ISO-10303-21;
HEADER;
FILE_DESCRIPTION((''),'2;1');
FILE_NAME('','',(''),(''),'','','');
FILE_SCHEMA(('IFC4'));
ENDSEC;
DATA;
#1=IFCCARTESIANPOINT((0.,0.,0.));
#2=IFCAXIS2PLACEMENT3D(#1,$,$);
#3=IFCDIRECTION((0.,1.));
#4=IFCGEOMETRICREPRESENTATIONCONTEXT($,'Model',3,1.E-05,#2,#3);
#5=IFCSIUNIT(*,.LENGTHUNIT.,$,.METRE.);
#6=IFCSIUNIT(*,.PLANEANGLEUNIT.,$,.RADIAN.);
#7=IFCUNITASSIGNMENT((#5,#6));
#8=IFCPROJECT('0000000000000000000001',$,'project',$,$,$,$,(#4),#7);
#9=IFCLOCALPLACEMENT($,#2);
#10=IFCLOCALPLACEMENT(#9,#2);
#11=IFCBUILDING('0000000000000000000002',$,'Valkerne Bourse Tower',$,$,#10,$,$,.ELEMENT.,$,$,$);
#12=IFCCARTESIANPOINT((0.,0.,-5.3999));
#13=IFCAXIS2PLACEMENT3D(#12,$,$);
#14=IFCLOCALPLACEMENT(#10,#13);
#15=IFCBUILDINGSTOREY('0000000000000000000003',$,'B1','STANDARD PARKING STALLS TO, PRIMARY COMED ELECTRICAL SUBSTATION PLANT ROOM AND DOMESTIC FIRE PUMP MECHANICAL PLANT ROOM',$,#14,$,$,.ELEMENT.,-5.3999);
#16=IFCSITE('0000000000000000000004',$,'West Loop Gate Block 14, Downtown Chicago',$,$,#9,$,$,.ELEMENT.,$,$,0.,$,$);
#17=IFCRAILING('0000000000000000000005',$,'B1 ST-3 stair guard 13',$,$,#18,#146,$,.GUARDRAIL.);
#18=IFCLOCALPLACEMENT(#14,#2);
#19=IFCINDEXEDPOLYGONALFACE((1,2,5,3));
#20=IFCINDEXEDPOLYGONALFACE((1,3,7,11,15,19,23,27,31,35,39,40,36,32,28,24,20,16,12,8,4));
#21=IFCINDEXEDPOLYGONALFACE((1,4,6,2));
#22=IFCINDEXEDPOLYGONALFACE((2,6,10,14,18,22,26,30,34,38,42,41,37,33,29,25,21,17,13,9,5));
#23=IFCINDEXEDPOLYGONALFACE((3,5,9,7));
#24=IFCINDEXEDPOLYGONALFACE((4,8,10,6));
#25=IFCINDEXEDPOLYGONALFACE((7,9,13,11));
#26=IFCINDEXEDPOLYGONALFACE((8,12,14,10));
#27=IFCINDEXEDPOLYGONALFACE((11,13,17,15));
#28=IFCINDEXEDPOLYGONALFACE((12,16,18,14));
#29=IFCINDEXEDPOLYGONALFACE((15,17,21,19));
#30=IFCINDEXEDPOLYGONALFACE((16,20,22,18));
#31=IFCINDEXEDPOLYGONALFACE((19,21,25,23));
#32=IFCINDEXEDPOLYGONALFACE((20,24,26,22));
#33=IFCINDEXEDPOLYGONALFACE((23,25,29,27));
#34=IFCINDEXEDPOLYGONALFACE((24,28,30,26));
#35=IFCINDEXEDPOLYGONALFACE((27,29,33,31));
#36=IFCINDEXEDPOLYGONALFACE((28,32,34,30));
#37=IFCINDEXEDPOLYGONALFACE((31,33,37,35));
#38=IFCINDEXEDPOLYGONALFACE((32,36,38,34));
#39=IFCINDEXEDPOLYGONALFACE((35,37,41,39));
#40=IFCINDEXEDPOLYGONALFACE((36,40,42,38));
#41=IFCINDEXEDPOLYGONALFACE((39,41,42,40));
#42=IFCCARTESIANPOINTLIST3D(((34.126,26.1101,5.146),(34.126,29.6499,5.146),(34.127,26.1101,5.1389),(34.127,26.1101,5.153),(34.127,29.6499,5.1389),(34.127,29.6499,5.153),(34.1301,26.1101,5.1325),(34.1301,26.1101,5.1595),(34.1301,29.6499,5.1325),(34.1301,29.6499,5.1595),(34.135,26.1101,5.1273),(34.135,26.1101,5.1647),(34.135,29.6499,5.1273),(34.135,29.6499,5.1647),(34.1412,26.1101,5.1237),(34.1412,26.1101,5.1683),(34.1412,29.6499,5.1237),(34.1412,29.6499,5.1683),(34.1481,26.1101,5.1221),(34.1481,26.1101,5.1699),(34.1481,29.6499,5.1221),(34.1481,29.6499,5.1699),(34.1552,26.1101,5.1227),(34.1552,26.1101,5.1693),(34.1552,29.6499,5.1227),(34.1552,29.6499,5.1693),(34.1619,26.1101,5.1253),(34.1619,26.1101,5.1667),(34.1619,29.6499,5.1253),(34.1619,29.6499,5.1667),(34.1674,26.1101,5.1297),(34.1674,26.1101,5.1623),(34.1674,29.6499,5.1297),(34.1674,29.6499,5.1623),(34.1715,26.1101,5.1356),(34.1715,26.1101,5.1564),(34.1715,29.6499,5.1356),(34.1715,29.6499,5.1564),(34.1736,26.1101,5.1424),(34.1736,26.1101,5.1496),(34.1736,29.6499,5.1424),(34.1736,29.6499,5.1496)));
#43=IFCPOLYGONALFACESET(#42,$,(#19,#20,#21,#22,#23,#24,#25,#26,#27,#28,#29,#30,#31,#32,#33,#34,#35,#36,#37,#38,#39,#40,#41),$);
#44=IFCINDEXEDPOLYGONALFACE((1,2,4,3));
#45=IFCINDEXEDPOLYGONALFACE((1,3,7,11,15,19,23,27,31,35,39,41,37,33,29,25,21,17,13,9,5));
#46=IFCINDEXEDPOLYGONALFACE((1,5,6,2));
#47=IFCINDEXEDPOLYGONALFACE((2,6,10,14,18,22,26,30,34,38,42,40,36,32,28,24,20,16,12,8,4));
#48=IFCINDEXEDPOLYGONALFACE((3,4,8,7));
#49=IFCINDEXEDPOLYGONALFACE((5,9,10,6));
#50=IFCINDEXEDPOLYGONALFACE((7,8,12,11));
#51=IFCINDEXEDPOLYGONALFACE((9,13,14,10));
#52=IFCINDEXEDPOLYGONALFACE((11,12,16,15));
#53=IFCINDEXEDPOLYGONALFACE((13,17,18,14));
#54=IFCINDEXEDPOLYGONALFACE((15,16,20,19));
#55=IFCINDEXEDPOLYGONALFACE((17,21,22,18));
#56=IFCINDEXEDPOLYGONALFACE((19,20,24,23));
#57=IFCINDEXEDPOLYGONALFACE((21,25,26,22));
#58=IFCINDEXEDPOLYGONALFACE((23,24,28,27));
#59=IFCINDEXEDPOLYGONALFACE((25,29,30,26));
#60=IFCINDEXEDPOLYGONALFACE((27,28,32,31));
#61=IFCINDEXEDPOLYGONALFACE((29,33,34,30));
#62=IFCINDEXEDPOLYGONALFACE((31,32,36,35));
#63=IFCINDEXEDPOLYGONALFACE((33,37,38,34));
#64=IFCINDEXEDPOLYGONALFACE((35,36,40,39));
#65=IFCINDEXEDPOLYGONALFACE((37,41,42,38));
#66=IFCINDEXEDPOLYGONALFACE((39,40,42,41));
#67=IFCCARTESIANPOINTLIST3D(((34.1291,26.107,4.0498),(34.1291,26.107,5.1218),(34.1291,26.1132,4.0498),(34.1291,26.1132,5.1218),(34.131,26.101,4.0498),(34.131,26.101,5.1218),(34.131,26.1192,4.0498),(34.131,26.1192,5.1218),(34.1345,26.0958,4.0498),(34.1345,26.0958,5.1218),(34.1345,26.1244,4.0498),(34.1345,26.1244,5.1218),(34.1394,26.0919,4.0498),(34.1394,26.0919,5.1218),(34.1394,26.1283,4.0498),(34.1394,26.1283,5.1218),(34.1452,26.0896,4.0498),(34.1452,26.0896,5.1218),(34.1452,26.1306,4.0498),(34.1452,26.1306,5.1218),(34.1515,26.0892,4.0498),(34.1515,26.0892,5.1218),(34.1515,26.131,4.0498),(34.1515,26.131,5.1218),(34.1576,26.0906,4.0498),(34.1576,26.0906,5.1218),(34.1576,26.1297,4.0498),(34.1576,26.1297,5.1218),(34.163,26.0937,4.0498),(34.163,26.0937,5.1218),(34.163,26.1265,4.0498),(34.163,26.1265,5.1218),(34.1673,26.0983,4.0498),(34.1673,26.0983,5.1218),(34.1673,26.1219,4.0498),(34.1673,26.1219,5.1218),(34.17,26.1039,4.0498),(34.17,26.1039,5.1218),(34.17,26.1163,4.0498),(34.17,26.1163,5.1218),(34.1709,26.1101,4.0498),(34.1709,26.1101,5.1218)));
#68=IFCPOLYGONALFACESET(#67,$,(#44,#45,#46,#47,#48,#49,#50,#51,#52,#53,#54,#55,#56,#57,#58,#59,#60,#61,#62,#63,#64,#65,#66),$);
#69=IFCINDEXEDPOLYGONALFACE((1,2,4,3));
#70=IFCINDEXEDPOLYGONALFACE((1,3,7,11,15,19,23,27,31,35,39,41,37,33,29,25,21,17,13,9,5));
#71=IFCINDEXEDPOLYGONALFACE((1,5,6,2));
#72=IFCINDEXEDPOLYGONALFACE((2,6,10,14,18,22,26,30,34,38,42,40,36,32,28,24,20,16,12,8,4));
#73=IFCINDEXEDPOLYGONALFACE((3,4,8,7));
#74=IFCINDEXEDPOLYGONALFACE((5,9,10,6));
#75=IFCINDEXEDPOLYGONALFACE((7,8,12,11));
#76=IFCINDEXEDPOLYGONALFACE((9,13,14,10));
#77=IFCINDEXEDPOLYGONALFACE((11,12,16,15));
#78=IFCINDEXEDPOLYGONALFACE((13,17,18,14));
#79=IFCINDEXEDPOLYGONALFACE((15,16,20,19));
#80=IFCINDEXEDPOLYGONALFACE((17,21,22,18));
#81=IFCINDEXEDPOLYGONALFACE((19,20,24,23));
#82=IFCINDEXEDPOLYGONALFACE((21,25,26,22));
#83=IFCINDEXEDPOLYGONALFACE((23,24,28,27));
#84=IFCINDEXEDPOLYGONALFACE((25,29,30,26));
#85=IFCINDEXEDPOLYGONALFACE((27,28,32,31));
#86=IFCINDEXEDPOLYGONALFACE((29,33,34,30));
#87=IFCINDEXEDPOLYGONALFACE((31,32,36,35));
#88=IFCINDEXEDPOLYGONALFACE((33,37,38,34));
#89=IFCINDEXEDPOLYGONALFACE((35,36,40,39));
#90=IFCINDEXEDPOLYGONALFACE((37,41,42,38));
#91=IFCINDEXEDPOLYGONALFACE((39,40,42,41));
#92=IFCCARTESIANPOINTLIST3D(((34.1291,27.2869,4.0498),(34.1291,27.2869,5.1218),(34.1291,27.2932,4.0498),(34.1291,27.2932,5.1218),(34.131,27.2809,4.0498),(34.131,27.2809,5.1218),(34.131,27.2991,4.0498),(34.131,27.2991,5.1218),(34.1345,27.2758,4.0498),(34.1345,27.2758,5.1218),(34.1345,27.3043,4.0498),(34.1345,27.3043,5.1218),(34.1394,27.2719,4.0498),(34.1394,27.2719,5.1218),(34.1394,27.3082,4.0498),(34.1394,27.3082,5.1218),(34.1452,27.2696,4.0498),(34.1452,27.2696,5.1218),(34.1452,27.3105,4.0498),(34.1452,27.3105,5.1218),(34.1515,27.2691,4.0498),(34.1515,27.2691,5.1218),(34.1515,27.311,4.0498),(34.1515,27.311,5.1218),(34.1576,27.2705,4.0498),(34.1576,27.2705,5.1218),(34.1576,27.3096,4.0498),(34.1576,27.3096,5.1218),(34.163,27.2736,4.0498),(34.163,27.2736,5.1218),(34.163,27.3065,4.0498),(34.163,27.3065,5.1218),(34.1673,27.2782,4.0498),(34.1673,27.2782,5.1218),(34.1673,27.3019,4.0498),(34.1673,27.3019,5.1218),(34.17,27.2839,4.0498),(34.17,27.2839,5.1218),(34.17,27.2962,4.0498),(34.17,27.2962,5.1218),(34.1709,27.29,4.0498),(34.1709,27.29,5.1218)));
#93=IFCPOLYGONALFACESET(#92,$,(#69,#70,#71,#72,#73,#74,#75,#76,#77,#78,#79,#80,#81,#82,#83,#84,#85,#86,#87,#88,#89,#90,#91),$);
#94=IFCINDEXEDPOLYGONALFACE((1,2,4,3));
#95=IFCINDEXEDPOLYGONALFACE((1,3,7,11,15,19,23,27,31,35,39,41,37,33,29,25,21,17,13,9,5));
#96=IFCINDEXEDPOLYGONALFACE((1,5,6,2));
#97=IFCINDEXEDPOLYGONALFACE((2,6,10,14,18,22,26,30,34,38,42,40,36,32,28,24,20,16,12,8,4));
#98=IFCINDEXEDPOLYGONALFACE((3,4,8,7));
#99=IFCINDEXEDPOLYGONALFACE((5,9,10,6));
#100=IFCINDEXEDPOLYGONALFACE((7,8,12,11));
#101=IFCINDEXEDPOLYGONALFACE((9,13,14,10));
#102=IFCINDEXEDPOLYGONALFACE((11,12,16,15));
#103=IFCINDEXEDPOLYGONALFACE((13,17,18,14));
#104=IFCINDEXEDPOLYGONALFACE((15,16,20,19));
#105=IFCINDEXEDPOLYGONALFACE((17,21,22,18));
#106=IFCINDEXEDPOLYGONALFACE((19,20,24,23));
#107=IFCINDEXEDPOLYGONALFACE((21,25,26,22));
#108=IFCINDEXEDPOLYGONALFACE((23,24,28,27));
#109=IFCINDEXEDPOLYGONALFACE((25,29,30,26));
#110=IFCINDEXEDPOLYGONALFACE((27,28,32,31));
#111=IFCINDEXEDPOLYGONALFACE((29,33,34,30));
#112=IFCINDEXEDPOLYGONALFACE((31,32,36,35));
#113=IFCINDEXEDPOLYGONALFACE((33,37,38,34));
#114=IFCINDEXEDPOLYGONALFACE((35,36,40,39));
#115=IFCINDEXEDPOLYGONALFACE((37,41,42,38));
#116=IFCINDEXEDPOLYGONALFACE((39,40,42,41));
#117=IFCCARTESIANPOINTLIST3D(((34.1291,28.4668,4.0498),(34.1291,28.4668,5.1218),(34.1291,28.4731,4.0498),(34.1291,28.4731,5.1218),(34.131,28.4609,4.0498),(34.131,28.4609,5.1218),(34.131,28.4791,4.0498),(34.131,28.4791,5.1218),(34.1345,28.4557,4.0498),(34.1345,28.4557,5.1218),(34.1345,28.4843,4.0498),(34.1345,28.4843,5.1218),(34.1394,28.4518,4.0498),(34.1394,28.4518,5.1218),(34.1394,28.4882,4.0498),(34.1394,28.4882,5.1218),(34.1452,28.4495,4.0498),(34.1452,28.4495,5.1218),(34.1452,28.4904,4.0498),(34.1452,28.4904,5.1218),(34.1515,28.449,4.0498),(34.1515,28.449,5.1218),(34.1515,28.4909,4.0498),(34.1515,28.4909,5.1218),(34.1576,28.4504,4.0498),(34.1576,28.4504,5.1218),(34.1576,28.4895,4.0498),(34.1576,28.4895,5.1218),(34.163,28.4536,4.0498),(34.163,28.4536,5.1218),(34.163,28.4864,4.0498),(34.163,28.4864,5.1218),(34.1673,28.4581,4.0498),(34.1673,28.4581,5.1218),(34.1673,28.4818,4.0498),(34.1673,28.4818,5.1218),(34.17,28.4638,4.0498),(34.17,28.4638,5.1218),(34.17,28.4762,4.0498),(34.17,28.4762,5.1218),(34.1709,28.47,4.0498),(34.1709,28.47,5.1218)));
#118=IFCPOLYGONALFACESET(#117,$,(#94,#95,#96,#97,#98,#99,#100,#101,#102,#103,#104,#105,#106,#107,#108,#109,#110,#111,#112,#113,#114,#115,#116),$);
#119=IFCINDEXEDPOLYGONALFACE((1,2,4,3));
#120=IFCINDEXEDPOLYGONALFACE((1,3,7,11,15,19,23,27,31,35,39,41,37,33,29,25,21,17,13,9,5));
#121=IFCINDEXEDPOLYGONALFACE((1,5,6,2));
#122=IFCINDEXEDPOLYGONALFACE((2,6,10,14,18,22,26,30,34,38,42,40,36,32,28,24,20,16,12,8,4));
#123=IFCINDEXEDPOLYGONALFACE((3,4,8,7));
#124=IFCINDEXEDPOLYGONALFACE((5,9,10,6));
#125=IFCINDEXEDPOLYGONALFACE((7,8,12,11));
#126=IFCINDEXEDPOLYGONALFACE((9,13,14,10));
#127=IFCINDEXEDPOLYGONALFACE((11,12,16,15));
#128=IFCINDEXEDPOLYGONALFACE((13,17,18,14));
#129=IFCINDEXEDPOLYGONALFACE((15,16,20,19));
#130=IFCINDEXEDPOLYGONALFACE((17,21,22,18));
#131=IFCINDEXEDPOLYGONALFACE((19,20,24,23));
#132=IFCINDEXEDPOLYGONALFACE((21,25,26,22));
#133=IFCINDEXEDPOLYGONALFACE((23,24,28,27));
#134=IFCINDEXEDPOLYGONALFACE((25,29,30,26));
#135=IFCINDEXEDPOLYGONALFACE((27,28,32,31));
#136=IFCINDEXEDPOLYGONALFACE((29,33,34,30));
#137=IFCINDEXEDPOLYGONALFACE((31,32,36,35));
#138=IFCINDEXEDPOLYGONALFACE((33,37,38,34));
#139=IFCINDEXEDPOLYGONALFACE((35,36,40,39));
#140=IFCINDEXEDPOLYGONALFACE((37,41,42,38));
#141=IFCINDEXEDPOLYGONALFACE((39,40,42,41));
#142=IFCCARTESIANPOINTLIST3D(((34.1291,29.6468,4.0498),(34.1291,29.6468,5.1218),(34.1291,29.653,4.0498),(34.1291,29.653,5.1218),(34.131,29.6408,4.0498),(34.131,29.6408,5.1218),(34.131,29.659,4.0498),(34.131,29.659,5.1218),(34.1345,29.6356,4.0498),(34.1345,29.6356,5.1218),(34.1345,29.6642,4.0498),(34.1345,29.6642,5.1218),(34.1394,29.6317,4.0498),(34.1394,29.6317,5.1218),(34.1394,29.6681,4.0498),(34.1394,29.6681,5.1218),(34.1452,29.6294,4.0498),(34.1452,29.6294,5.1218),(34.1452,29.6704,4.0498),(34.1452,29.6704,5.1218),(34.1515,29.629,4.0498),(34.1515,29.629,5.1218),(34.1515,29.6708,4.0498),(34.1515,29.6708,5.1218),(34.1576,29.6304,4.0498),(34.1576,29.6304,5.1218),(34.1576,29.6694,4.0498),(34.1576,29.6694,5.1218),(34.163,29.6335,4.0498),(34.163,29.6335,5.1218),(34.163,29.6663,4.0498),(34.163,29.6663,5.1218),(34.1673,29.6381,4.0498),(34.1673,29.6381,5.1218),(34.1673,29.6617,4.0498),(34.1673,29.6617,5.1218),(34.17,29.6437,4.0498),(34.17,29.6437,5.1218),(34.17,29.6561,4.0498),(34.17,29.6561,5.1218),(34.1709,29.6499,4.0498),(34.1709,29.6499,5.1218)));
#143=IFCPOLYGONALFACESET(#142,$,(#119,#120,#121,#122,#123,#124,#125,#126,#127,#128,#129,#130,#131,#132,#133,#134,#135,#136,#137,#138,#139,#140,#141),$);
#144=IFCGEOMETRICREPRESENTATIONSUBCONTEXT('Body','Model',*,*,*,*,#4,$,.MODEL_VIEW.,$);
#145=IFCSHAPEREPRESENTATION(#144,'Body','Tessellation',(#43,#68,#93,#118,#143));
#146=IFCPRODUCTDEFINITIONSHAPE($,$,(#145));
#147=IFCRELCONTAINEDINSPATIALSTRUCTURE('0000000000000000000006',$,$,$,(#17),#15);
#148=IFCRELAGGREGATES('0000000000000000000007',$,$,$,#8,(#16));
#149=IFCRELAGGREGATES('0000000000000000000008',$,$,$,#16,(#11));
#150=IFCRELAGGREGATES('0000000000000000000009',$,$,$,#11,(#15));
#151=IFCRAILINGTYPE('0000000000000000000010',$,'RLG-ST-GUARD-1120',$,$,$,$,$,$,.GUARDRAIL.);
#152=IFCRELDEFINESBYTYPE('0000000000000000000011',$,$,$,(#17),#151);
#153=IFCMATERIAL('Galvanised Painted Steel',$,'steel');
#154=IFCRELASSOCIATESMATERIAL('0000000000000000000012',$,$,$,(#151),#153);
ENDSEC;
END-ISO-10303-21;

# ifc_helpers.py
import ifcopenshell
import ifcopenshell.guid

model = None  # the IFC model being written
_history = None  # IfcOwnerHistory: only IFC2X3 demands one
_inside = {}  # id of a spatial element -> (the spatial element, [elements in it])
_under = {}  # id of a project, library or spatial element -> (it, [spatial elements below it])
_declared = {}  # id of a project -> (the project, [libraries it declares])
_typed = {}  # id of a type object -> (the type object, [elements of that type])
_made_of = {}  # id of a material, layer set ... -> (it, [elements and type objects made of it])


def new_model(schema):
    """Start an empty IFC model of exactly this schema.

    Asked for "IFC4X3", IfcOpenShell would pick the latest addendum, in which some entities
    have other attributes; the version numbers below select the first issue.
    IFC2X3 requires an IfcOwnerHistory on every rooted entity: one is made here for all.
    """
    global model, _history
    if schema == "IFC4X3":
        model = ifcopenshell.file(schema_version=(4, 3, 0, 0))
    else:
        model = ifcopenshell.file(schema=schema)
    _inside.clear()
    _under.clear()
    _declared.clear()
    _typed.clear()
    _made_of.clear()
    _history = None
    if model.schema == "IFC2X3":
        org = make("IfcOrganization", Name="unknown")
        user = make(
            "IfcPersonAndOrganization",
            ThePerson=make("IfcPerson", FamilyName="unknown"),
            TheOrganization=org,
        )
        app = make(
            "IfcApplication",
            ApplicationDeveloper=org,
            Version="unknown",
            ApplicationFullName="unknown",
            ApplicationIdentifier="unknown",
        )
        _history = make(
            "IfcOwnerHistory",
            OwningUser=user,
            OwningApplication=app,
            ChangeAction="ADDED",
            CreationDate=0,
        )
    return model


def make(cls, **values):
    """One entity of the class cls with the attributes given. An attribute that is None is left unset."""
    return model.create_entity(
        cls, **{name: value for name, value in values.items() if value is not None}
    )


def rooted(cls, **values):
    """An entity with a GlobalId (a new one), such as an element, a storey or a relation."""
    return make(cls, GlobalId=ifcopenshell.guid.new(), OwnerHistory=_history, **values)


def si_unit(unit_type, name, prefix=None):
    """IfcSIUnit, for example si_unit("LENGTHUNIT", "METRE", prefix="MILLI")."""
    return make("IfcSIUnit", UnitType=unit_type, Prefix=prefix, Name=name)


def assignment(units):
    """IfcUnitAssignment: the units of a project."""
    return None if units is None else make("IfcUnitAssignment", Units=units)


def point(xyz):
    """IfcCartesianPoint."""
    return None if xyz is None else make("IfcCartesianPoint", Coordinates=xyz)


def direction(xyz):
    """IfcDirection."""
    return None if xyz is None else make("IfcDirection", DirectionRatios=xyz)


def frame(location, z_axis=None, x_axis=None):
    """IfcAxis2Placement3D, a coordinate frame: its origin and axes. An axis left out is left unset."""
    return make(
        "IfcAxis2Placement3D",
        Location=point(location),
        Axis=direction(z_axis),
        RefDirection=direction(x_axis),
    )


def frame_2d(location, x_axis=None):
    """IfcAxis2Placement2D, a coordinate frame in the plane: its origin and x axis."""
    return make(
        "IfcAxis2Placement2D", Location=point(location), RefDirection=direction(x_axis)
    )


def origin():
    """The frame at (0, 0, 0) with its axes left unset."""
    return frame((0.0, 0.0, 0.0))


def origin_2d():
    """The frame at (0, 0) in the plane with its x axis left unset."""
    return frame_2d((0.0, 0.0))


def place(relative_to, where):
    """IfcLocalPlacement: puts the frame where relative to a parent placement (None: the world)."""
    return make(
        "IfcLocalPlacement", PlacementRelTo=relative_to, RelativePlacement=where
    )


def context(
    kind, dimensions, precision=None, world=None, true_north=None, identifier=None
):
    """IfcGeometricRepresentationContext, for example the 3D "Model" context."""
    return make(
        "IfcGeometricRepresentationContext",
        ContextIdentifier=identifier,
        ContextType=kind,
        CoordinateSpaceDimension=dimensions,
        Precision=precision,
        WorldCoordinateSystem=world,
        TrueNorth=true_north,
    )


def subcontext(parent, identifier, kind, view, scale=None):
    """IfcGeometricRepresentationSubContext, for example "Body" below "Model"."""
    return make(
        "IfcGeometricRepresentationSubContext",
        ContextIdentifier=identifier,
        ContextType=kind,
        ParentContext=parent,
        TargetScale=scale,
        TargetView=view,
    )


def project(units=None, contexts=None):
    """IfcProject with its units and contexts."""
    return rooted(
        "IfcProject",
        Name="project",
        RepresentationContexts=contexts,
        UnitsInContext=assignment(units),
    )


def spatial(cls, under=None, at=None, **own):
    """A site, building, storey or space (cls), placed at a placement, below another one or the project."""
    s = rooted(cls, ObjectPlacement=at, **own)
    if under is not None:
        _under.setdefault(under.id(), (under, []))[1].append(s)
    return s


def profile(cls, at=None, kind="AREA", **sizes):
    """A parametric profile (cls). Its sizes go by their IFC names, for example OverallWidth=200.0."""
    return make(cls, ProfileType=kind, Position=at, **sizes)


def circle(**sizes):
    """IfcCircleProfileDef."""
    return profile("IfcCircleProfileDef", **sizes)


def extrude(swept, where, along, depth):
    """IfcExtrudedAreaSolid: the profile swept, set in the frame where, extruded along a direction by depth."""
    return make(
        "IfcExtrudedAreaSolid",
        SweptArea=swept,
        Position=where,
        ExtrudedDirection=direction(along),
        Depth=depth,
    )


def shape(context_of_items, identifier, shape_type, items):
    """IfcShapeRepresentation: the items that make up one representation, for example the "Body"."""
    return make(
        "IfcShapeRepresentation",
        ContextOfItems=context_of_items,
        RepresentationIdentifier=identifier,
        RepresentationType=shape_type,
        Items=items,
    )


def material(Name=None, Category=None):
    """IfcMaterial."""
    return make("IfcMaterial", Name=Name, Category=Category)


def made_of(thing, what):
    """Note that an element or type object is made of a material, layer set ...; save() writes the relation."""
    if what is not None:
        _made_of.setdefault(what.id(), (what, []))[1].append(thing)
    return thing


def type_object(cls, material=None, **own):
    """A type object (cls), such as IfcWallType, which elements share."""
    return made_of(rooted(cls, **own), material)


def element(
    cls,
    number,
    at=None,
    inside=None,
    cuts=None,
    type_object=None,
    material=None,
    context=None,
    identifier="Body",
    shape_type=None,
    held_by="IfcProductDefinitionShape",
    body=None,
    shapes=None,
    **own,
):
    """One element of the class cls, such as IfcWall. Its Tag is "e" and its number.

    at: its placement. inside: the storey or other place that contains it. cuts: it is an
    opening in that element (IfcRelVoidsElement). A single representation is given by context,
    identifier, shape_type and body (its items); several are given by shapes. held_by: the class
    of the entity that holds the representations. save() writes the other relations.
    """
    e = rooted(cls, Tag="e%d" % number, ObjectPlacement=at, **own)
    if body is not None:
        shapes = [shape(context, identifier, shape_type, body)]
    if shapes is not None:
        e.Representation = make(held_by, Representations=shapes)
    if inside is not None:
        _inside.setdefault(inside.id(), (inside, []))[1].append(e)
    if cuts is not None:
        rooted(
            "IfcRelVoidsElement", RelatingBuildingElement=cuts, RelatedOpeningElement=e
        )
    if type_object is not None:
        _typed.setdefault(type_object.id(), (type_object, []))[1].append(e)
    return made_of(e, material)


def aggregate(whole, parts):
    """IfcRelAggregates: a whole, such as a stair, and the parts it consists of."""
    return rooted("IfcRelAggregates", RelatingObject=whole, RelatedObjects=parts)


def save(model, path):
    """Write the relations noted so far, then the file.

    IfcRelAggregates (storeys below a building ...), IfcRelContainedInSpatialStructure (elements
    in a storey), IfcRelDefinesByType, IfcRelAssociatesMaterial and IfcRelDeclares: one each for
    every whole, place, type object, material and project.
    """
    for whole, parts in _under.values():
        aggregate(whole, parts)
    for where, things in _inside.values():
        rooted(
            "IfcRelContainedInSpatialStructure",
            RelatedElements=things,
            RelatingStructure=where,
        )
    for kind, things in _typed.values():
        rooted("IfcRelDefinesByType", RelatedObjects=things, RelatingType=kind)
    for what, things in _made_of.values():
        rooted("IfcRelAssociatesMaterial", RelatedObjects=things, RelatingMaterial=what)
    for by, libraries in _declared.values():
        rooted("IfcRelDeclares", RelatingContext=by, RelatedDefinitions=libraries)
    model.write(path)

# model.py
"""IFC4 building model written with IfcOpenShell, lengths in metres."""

from ifc_helpers import new_model, si_unit, direction, frame, origin, origin_2d, place, context, subcontext, project, spatial, circle, extrude, material, type_object, element, save


model = new_model("IFC4")

# Units and contexts
model_context = context("Model", 3, precision=1e-05, world=origin(), true_north=direction((0.0, 1.0)))
body_context = subcontext(model_context, "Body", "Model", "MODEL_VIEW")
ifc_project = project(units=[si_unit("LENGTHUNIT", "METRE"), si_unit("PLANEANGLEUNIT", "RADIAN")], contexts=[model_context])

# Site, building, storey
site_placement = place(None, origin())
site = spatial("IfcSite", under=ifc_project, at=site_placement, Name="West Loop Gate Block 14, Downtown Chicago", CompositionType="ELEMENT", RefElevation=0.0)
building_placement = place(site_placement, origin())
building = spatial("IfcBuilding", under=site, at=building_placement, Name="Valkerne Bourse Tower", CompositionType="ELEMENT")
storey_placement = place(building_placement, frame((0.0, 0.0, -5.3999)))
storey = spatial("IfcBuildingStorey", under=building, at=storey_placement, Name="B1", Description="STANDARD PARKING STALLS TO, PRIMARY COMED ELECTRICAL SUBSTATION PLANT ROOM AND DOMESTIC FIRE PUMP MECHANICAL PLANT ROOM", CompositionType="ELEMENT", Elevation=-5.3999)

# Shared definitions
ifc_material_1 = material(Name="Galvanised Painted Steel", Category="steel")

# Railing
railing_type_1 = type_object("IfcRailingType", Name="RLG-ST-GUARD-1120", PredefinedType="GUARDRAIL", material=ifc_material_1)
railing_1_placement = place(storey_placement, frame((34.1499, 26.1101, 4.0498)))
element("IfcRailing", 1, at=railing_1_placement, inside=storey, type_object=railing_type_1, Name="B1 ST-3 stair guard 13", PredefinedType="GUARDRAIL", context=body_context, shape_type="SweptSolid", body=[
    extrude(circle(Radius=0.0239, at=origin_2d()), frame((0.0, 0.0, 1.0962), z_axis=(0.0, 1.0, 0.0), x_axis=(-1.0, 0.0, 0.0)), (0.0, 0.0, 1.0), 3.5398),
    extrude(circle(Radius=0.021, at=origin_2d()), origin(), (0.0, 0.0, 1.0), 1.072),
    extrude(circle(Radius=0.021, at=origin_2d()), frame((0.0, 1.1799, 0.0)), (0.0, 0.0, 1.0), 1.072),
    extrude(circle(Radius=0.021, at=origin_2d()), frame((0.0, 2.3599, 0.0)), (0.0, 0.0, 1.0), 1.072),
    extrude(circle(Radius=0.021, at=origin_2d()), frame((0.0, 3.5398, 0.0)), (0.0, 0.0, 1.0), 1.072),
])

save(model, "model.ifc")
